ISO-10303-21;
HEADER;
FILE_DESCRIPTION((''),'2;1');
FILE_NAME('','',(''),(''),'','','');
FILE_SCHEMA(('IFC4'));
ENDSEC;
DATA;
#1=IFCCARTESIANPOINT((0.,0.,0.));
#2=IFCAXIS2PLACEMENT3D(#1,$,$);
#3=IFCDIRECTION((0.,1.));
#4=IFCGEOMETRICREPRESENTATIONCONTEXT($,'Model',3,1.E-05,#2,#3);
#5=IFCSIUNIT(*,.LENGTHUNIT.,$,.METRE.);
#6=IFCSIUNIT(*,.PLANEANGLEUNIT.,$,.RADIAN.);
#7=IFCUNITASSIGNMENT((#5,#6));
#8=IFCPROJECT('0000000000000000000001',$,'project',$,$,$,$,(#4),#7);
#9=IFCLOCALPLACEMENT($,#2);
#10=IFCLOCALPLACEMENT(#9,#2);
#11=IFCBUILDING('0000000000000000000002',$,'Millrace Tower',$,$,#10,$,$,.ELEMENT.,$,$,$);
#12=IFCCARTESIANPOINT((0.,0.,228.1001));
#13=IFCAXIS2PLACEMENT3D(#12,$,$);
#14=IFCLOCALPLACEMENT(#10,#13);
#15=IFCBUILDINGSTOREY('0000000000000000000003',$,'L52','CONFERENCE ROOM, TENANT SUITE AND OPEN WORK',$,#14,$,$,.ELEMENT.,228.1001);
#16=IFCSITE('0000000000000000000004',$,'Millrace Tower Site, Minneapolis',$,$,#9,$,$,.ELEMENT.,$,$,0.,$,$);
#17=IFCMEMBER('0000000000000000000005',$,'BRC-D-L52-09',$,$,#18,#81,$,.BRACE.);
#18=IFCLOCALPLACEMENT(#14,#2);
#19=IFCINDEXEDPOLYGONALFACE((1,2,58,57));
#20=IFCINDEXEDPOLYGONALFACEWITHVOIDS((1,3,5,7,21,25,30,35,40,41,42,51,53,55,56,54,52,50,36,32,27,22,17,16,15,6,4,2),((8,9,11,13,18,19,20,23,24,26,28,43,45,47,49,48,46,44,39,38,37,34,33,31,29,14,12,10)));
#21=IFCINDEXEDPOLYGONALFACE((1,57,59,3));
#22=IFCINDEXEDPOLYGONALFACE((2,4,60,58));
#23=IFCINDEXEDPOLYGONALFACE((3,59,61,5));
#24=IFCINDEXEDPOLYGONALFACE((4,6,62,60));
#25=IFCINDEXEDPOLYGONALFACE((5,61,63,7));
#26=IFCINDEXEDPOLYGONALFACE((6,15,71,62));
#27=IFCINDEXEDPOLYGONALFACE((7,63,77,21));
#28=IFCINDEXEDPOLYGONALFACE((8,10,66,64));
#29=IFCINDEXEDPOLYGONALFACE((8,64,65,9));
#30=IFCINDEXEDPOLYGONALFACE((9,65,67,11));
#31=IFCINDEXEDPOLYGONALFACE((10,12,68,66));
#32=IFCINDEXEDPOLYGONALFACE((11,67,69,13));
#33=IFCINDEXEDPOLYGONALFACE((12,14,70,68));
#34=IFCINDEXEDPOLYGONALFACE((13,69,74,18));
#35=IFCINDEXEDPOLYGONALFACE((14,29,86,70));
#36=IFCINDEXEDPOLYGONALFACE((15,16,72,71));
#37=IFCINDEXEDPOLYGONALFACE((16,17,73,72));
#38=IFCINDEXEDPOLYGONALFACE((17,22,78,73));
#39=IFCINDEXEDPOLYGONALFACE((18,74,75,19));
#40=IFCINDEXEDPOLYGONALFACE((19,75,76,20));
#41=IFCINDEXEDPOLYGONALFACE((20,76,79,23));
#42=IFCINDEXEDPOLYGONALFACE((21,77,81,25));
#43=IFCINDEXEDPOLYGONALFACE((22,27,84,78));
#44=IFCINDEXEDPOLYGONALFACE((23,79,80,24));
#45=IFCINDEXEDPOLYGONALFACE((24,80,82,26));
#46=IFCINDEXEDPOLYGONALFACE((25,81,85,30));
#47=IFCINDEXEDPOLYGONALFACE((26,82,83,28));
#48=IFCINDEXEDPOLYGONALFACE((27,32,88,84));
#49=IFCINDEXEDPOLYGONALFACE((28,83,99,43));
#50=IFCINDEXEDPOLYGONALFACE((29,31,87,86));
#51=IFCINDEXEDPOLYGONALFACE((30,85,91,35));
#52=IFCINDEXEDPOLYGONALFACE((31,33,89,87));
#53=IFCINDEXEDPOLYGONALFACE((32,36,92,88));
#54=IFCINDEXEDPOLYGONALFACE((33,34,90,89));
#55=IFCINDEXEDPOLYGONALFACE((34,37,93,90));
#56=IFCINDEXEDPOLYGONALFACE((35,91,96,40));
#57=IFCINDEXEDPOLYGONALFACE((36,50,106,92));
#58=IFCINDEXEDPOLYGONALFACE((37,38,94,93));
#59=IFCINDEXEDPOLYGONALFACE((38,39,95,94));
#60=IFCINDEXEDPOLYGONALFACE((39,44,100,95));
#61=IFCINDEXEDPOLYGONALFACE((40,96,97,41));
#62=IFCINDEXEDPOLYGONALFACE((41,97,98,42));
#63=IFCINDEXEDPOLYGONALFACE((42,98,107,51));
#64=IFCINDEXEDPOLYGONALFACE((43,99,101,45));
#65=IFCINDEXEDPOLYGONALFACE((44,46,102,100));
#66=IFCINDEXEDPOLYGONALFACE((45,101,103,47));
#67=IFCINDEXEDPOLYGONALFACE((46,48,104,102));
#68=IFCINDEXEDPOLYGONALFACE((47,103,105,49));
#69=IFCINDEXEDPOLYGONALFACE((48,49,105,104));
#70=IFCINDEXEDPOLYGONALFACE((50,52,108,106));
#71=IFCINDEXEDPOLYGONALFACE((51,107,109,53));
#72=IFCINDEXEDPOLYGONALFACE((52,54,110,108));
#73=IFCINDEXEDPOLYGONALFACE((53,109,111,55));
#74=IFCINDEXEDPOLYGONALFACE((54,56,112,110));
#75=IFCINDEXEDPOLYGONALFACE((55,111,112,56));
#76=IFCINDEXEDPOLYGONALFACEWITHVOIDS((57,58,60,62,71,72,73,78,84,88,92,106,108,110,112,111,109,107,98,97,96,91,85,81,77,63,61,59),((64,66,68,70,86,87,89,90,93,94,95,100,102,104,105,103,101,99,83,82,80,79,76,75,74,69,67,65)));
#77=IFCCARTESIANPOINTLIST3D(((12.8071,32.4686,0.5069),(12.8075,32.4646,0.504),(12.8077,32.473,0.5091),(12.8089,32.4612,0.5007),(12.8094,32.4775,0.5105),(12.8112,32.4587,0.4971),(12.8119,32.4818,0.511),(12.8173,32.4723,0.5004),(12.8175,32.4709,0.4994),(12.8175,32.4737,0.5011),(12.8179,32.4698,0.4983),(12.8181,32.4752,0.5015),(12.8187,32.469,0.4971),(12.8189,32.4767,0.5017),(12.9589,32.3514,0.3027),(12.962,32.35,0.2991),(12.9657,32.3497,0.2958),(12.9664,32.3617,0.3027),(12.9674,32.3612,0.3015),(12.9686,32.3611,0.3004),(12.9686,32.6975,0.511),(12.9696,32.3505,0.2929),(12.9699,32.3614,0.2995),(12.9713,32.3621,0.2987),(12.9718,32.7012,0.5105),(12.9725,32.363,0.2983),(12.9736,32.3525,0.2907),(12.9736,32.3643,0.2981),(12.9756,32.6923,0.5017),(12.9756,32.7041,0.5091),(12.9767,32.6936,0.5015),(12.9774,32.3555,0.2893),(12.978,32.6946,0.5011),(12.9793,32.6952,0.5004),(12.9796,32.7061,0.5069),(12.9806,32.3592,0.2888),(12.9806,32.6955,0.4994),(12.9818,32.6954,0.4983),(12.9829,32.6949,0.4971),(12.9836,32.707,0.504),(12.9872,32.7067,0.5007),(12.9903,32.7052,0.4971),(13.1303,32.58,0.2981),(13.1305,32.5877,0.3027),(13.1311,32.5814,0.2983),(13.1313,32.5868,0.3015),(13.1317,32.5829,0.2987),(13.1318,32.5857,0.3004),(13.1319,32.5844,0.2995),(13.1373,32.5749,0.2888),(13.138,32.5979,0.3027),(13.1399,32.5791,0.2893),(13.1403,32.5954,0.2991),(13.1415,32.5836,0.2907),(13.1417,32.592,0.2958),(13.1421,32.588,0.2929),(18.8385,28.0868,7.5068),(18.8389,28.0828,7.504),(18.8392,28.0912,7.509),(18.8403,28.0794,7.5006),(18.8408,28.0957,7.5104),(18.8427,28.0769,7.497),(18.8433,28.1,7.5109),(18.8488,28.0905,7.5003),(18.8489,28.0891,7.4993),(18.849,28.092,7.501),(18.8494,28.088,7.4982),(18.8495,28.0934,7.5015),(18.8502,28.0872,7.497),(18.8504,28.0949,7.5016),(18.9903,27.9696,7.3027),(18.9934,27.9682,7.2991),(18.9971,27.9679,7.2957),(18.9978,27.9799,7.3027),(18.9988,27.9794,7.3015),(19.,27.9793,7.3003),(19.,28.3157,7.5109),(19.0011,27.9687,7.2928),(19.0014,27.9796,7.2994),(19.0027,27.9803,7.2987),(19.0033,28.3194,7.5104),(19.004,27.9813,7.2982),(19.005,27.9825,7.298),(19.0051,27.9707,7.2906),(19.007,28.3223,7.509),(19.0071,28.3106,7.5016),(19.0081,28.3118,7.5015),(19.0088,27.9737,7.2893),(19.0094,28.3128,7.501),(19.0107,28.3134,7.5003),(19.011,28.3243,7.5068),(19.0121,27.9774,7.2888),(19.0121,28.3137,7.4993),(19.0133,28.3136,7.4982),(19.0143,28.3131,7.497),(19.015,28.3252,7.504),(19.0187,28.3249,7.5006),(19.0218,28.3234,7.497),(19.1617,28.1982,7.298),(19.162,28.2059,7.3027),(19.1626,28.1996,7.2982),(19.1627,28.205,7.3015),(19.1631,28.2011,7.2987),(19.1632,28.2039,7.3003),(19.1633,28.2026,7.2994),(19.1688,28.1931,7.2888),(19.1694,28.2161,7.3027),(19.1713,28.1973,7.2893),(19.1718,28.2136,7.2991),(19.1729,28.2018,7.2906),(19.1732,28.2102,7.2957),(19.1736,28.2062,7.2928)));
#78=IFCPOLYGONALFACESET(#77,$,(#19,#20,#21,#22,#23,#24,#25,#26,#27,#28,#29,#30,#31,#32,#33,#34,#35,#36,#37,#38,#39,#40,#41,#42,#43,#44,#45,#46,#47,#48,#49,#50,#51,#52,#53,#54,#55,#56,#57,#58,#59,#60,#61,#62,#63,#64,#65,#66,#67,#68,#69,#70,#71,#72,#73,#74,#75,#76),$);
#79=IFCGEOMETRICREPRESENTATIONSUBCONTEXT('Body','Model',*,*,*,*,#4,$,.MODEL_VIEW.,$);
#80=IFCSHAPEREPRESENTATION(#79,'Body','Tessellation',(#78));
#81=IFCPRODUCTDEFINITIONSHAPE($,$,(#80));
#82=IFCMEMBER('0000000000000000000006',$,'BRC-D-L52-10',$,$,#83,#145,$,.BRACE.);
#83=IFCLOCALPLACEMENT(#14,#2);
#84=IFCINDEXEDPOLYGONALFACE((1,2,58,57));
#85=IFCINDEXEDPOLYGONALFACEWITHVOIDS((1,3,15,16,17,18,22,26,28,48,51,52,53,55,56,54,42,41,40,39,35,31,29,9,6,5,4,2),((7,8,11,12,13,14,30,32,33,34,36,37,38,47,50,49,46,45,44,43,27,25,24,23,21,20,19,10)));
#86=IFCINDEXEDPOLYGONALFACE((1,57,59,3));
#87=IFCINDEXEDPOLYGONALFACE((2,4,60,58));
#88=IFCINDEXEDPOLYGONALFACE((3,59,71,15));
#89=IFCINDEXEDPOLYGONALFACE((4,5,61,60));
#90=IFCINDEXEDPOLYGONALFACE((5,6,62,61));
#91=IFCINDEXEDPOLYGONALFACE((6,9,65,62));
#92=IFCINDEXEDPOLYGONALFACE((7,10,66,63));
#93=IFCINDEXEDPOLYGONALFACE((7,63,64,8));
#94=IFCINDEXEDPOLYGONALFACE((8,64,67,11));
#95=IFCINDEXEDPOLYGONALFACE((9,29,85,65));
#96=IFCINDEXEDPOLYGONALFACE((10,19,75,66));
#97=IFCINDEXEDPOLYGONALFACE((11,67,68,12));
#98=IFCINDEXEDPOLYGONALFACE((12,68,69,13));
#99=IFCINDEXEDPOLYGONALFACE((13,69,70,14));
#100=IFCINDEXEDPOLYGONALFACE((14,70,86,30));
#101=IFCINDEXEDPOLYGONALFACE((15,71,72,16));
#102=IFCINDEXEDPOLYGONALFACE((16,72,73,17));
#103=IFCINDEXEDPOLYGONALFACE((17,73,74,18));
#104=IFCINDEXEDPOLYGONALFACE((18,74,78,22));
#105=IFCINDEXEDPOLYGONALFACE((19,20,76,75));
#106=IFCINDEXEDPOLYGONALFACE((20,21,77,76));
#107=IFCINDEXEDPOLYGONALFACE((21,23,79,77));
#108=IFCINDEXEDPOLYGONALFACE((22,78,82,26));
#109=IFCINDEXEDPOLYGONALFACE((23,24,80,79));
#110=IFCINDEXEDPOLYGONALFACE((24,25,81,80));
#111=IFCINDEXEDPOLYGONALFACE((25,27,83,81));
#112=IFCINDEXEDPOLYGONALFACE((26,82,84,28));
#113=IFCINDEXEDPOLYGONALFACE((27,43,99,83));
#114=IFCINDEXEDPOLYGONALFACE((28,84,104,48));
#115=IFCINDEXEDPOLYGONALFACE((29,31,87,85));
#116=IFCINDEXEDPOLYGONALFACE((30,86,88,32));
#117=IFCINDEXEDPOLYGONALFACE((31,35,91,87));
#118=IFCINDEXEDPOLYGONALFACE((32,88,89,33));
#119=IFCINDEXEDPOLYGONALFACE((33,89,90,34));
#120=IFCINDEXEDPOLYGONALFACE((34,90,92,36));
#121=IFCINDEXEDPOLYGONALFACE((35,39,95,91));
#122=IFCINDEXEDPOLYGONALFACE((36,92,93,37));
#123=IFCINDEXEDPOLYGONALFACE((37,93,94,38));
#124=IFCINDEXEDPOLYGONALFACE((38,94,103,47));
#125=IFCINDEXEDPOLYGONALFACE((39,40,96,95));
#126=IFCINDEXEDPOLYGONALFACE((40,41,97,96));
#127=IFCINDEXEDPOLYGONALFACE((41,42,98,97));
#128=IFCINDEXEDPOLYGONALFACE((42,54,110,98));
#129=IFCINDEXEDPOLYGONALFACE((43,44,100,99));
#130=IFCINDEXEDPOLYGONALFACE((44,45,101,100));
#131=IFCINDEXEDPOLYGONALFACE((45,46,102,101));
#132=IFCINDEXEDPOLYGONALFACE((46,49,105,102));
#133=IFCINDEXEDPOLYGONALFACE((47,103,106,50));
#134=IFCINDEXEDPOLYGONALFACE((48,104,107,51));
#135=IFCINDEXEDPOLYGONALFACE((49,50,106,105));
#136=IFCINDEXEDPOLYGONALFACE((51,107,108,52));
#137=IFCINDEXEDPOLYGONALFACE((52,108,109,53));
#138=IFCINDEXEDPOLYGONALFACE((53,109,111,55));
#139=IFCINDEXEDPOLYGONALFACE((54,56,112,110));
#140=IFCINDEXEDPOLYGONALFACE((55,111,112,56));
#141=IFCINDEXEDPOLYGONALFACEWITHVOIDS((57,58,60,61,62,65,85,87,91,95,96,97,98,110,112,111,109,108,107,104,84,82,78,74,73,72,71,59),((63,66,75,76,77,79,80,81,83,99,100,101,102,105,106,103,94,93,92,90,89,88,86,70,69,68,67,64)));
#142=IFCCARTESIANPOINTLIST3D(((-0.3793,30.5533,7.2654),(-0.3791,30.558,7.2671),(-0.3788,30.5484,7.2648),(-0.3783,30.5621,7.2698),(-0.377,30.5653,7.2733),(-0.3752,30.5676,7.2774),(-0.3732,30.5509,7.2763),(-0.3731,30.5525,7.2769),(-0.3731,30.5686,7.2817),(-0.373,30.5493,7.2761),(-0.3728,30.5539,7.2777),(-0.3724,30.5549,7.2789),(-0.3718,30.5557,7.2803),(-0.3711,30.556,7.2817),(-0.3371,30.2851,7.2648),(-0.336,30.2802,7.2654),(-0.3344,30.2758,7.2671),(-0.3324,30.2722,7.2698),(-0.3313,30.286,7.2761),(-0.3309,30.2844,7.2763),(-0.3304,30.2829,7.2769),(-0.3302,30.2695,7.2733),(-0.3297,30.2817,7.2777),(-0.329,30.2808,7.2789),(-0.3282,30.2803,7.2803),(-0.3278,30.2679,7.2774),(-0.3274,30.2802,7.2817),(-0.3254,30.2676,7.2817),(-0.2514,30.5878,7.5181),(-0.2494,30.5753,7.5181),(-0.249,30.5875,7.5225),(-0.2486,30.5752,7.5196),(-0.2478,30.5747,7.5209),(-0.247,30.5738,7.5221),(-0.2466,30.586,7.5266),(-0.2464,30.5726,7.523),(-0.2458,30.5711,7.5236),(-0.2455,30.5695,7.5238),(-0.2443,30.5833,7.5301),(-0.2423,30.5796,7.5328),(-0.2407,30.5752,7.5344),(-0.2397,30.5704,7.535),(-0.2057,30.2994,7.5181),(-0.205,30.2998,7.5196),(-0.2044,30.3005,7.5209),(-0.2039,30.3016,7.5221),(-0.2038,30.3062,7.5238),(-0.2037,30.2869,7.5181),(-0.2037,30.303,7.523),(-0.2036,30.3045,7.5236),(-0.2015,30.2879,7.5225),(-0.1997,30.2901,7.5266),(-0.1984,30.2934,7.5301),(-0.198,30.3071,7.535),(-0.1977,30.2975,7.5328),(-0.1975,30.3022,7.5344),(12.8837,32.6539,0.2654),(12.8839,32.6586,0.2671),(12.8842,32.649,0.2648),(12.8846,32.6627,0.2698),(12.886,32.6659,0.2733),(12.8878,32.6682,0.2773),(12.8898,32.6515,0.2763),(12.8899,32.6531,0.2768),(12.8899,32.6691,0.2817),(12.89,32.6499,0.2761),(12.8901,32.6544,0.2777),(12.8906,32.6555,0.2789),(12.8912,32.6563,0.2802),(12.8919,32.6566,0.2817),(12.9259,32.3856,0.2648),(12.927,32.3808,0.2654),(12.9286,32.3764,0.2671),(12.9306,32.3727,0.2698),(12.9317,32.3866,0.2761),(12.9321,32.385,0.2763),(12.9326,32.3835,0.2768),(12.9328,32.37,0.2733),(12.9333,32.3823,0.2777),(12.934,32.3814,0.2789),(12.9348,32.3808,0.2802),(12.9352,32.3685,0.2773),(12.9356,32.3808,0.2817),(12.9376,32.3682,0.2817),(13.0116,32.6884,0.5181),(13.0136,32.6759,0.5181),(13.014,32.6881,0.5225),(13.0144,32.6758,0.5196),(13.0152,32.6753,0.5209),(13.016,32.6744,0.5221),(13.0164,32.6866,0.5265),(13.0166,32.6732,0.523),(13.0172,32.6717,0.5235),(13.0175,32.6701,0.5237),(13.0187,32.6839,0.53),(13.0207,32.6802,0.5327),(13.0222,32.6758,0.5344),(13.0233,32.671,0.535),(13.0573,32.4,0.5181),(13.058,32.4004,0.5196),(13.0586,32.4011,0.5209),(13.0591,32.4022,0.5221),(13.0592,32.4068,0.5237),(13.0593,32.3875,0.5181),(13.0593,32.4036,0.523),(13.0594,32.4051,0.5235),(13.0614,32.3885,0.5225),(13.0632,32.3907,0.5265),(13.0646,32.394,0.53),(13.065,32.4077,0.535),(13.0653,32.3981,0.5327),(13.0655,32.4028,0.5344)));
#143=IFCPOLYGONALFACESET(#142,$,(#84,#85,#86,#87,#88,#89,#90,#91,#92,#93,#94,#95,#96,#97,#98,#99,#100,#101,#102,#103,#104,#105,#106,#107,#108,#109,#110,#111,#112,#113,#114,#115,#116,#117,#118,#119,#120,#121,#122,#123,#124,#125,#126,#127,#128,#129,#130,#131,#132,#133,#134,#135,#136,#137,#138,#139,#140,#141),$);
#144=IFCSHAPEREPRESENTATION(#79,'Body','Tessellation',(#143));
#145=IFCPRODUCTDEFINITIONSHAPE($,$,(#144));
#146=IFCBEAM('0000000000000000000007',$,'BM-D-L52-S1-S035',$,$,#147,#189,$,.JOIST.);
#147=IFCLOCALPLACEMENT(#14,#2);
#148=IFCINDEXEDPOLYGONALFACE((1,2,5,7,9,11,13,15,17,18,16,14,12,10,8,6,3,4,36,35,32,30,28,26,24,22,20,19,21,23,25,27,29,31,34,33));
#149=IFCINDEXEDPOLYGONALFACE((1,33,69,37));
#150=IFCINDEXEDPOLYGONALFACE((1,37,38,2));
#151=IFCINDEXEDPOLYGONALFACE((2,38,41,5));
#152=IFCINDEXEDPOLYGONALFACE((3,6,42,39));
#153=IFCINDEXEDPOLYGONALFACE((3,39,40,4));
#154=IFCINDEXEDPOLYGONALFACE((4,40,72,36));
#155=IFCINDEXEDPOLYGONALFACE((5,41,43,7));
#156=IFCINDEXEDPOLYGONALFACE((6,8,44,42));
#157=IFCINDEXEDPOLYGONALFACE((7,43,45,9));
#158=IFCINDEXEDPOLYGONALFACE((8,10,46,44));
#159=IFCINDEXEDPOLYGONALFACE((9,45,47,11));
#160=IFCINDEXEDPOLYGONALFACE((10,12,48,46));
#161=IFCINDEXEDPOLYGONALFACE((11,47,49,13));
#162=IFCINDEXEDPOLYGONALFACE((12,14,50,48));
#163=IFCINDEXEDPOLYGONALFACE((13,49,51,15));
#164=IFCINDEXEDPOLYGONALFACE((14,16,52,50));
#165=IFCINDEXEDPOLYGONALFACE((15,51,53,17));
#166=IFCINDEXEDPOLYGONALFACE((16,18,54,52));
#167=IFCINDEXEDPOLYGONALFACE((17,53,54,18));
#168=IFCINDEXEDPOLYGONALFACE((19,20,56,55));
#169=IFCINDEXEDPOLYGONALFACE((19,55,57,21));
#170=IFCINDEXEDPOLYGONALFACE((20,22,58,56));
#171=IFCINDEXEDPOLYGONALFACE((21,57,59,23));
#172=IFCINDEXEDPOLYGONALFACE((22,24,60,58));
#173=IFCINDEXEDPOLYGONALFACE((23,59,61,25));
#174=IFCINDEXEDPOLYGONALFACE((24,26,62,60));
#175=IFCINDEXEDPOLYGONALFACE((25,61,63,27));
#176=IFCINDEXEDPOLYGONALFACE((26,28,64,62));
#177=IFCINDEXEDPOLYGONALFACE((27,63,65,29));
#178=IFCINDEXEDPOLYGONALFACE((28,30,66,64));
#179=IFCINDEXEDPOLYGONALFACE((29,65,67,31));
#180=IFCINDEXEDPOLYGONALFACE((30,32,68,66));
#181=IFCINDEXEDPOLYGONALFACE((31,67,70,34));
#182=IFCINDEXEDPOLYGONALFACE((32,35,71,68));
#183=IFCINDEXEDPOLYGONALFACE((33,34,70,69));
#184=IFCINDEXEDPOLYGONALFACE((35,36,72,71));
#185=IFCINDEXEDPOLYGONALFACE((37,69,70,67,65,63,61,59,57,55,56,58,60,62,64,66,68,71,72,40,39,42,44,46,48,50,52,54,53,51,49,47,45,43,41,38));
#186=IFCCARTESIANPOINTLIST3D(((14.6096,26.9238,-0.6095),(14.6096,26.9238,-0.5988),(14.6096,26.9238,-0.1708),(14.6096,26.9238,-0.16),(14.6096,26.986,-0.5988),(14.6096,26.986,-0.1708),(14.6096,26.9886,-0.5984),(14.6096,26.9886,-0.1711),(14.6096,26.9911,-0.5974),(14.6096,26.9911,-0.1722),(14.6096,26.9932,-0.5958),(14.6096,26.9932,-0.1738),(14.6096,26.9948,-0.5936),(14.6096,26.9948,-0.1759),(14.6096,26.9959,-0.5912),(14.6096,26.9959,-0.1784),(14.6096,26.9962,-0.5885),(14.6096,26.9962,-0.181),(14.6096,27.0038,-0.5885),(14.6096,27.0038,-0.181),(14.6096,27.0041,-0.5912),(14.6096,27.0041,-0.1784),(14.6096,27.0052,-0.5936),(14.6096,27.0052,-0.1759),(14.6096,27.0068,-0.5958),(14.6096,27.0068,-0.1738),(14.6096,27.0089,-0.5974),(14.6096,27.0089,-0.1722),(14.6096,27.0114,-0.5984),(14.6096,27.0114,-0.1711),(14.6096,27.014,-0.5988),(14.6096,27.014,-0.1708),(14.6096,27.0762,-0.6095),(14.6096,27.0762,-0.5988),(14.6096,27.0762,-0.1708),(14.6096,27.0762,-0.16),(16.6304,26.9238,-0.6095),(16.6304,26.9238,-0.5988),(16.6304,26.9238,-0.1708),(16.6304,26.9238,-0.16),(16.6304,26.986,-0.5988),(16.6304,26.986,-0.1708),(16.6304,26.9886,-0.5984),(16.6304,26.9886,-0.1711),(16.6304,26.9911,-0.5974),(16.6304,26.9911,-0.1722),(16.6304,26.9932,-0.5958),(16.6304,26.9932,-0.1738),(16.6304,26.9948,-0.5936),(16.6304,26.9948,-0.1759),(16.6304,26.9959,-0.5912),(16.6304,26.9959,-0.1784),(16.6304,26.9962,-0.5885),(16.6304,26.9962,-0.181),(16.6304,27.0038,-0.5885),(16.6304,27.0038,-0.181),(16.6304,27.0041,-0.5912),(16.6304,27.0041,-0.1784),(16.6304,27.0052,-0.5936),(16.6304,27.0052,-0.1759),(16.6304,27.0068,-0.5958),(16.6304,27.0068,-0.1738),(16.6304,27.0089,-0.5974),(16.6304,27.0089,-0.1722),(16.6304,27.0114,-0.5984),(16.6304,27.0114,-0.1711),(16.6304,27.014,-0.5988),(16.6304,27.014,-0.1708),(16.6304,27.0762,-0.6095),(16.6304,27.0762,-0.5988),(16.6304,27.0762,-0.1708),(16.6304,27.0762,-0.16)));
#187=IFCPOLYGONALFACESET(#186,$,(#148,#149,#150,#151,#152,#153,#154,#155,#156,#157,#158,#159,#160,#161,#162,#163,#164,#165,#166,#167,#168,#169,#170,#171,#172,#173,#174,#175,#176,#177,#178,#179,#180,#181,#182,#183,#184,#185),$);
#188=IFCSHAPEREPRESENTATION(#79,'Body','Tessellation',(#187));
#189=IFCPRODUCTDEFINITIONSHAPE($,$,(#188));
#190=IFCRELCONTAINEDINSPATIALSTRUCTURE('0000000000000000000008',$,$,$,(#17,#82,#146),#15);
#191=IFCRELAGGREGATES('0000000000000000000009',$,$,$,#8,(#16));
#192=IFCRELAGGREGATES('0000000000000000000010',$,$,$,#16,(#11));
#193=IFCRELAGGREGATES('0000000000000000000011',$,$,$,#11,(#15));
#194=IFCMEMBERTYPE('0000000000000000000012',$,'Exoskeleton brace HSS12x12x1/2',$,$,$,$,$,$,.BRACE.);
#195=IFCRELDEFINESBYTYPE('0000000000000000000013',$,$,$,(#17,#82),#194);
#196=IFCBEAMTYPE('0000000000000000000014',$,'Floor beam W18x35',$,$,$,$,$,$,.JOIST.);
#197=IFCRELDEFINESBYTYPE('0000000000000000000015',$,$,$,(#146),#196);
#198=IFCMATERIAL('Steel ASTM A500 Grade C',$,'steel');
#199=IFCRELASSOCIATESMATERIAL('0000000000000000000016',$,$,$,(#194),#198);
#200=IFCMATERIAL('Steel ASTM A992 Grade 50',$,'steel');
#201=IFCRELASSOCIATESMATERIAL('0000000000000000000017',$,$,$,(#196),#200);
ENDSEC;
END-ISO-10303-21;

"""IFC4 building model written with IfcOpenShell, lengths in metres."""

from ifc_helpers import new_model, si_unit, direction, frame, origin, origin_2d, place, context, subcontext, project, spatial, hollow_rectangle, i_section, extrude, material, material_profile, profile_set, type_object, element, save


model = new_model("IFC4")

# Units and contexts
model_context = context("Model", 3, precision=1e-05, world=origin(), true_north=direction((0.0, 1.0)))
body_context = subcontext(model_context, "Body", "Model", "MODEL_VIEW")
ifc_project = project(units=[si_unit("LENGTHUNIT", "METRE"), si_unit("PLANEANGLEUNIT", "RADIAN")], contexts=[model_context])

# Site, building, storey
site_placement = place(None, origin())
site = spatial("IfcSite", under=ifc_project, at=site_placement, Name="Millrace Tower Site, Minneapolis", CompositionType="ELEMENT", RefElevation=0.0)
building_placement = place(site_placement, origin())
building = spatial("IfcBuilding", under=site, at=building_placement, Name="Millrace Tower", CompositionType="ELEMENT")
storey_placement = place(building_placement, frame((0.0, 0.0, 228.1001)))
storey = spatial("IfcBuildingStorey", under=building, at=storey_placement, Name="L52", Description="CONFERENCE ROOM, TENANT SUITE AND OPEN WORK", CompositionType="ELEMENT", Elevation=228.1001)

# Members
ifc_material_1 = material(Name="Steel ASTM A500 Grade C", Category="steel")
ifc_material_profile_1 = material_profile(ifc_material_1, hollow_rectangle(XDim=0.3047, YDim=0.3047, WallThickness=0.0127, InnerFilletRadius=0.0063, OuterFilletRadius=0.019, at=origin_2d()))
ifc_profile_set_1 = profile_set([ifc_material_profile_1], Name="Steel ASTM A500 Grade C")
member_type_1 = type_object("IfcMemberType", Name="Exoskeleton brace HSS12x12x1/2", PredefinedType="BRACE", material=ifc_profile_set_1)
member_1_placement = place(storey_placement, frame((12.9746, 32.5283, 0.3999), z_axis=(0.589796, -0.428482, 0.684502), x_axis=(0.587759, 0.809036, 0.0)))
element("IfcMember", 1, at=member_1_placement, inside=storey, type_object=member_type_1, Name="BRC-D-L52-09", PredefinedType="BRACE", context=body_context, shape_type="SweptSolid", body=[
    extrude(hollow_rectangle(XDim=0.3047, YDim=0.3047, WallThickness=0.0127, InnerFilletRadius=0.0063, OuterFilletRadius=0.019, at=origin_2d()), origin(), (0.0, 0.0, 1.0), 10.2263),
])
member_2_placement = place(storey_placement, frame((12.9746, 32.5283, 0.3999), z_axis=(-0.875832, -0.138714, 0.462252), x_axis=(0.15643, -0.987689, 0.0)))
element("IfcMember", 2, at=member_2_placement, inside=storey, type_object=member_type_1, Name="BRC-D-L52-10", PredefinedType="BRACE", context=body_context, shape_type="SweptSolid", body=[
    extrude(hollow_rectangle(XDim=0.3047, YDim=0.3047, WallThickness=0.0127, InnerFilletRadius=0.0063, OuterFilletRadius=0.019, at=origin_2d()), origin(), (0.0, 0.0, 1.0), 15.1433),
])

# Beam
ifc_material_2 = material(Name="Steel ASTM A992 Grade 50", Category="steel")
ifc_material_profile_2 = material_profile(ifc_material_2, i_section(OverallWidth=0.1523, OverallDepth=0.4495, WebThickness=0.0076, FlangeThickness=0.0107, FilletRadius=0.0103, at=origin_2d()))
ifc_profile_set_2 = profile_set([ifc_material_profile_2], Name="Steel ASTM A992 Grade 50")
beam_type_1 = type_object("IfcBeamType", Name="Floor beam W18x35", PredefinedType="JOIST", material=ifc_profile_set_2)
beam_1_placement = place(storey_placement, frame((14.6096, 27.0, -0.3848), z_axis=(1.0, 0.0, 0.0), x_axis=(0.0, 1.0, 0.0)))
element("IfcBeam", 3, at=beam_1_placement, inside=storey, type_object=beam_type_1, Name="BM-D-L52-S1-S035", PredefinedType="JOIST", context=body_context, shape_type="SweptSolid", body=[
    extrude(i_section(OverallWidth=0.1523, OverallDepth=0.4495, WebThickness=0.0076, FlangeThickness=0.0107, FilletRadius=0.0103, at=origin_2d()), origin(), (0.0, 0.0, 1.0), 2.0208),
])

save(model, "model.ifc")
